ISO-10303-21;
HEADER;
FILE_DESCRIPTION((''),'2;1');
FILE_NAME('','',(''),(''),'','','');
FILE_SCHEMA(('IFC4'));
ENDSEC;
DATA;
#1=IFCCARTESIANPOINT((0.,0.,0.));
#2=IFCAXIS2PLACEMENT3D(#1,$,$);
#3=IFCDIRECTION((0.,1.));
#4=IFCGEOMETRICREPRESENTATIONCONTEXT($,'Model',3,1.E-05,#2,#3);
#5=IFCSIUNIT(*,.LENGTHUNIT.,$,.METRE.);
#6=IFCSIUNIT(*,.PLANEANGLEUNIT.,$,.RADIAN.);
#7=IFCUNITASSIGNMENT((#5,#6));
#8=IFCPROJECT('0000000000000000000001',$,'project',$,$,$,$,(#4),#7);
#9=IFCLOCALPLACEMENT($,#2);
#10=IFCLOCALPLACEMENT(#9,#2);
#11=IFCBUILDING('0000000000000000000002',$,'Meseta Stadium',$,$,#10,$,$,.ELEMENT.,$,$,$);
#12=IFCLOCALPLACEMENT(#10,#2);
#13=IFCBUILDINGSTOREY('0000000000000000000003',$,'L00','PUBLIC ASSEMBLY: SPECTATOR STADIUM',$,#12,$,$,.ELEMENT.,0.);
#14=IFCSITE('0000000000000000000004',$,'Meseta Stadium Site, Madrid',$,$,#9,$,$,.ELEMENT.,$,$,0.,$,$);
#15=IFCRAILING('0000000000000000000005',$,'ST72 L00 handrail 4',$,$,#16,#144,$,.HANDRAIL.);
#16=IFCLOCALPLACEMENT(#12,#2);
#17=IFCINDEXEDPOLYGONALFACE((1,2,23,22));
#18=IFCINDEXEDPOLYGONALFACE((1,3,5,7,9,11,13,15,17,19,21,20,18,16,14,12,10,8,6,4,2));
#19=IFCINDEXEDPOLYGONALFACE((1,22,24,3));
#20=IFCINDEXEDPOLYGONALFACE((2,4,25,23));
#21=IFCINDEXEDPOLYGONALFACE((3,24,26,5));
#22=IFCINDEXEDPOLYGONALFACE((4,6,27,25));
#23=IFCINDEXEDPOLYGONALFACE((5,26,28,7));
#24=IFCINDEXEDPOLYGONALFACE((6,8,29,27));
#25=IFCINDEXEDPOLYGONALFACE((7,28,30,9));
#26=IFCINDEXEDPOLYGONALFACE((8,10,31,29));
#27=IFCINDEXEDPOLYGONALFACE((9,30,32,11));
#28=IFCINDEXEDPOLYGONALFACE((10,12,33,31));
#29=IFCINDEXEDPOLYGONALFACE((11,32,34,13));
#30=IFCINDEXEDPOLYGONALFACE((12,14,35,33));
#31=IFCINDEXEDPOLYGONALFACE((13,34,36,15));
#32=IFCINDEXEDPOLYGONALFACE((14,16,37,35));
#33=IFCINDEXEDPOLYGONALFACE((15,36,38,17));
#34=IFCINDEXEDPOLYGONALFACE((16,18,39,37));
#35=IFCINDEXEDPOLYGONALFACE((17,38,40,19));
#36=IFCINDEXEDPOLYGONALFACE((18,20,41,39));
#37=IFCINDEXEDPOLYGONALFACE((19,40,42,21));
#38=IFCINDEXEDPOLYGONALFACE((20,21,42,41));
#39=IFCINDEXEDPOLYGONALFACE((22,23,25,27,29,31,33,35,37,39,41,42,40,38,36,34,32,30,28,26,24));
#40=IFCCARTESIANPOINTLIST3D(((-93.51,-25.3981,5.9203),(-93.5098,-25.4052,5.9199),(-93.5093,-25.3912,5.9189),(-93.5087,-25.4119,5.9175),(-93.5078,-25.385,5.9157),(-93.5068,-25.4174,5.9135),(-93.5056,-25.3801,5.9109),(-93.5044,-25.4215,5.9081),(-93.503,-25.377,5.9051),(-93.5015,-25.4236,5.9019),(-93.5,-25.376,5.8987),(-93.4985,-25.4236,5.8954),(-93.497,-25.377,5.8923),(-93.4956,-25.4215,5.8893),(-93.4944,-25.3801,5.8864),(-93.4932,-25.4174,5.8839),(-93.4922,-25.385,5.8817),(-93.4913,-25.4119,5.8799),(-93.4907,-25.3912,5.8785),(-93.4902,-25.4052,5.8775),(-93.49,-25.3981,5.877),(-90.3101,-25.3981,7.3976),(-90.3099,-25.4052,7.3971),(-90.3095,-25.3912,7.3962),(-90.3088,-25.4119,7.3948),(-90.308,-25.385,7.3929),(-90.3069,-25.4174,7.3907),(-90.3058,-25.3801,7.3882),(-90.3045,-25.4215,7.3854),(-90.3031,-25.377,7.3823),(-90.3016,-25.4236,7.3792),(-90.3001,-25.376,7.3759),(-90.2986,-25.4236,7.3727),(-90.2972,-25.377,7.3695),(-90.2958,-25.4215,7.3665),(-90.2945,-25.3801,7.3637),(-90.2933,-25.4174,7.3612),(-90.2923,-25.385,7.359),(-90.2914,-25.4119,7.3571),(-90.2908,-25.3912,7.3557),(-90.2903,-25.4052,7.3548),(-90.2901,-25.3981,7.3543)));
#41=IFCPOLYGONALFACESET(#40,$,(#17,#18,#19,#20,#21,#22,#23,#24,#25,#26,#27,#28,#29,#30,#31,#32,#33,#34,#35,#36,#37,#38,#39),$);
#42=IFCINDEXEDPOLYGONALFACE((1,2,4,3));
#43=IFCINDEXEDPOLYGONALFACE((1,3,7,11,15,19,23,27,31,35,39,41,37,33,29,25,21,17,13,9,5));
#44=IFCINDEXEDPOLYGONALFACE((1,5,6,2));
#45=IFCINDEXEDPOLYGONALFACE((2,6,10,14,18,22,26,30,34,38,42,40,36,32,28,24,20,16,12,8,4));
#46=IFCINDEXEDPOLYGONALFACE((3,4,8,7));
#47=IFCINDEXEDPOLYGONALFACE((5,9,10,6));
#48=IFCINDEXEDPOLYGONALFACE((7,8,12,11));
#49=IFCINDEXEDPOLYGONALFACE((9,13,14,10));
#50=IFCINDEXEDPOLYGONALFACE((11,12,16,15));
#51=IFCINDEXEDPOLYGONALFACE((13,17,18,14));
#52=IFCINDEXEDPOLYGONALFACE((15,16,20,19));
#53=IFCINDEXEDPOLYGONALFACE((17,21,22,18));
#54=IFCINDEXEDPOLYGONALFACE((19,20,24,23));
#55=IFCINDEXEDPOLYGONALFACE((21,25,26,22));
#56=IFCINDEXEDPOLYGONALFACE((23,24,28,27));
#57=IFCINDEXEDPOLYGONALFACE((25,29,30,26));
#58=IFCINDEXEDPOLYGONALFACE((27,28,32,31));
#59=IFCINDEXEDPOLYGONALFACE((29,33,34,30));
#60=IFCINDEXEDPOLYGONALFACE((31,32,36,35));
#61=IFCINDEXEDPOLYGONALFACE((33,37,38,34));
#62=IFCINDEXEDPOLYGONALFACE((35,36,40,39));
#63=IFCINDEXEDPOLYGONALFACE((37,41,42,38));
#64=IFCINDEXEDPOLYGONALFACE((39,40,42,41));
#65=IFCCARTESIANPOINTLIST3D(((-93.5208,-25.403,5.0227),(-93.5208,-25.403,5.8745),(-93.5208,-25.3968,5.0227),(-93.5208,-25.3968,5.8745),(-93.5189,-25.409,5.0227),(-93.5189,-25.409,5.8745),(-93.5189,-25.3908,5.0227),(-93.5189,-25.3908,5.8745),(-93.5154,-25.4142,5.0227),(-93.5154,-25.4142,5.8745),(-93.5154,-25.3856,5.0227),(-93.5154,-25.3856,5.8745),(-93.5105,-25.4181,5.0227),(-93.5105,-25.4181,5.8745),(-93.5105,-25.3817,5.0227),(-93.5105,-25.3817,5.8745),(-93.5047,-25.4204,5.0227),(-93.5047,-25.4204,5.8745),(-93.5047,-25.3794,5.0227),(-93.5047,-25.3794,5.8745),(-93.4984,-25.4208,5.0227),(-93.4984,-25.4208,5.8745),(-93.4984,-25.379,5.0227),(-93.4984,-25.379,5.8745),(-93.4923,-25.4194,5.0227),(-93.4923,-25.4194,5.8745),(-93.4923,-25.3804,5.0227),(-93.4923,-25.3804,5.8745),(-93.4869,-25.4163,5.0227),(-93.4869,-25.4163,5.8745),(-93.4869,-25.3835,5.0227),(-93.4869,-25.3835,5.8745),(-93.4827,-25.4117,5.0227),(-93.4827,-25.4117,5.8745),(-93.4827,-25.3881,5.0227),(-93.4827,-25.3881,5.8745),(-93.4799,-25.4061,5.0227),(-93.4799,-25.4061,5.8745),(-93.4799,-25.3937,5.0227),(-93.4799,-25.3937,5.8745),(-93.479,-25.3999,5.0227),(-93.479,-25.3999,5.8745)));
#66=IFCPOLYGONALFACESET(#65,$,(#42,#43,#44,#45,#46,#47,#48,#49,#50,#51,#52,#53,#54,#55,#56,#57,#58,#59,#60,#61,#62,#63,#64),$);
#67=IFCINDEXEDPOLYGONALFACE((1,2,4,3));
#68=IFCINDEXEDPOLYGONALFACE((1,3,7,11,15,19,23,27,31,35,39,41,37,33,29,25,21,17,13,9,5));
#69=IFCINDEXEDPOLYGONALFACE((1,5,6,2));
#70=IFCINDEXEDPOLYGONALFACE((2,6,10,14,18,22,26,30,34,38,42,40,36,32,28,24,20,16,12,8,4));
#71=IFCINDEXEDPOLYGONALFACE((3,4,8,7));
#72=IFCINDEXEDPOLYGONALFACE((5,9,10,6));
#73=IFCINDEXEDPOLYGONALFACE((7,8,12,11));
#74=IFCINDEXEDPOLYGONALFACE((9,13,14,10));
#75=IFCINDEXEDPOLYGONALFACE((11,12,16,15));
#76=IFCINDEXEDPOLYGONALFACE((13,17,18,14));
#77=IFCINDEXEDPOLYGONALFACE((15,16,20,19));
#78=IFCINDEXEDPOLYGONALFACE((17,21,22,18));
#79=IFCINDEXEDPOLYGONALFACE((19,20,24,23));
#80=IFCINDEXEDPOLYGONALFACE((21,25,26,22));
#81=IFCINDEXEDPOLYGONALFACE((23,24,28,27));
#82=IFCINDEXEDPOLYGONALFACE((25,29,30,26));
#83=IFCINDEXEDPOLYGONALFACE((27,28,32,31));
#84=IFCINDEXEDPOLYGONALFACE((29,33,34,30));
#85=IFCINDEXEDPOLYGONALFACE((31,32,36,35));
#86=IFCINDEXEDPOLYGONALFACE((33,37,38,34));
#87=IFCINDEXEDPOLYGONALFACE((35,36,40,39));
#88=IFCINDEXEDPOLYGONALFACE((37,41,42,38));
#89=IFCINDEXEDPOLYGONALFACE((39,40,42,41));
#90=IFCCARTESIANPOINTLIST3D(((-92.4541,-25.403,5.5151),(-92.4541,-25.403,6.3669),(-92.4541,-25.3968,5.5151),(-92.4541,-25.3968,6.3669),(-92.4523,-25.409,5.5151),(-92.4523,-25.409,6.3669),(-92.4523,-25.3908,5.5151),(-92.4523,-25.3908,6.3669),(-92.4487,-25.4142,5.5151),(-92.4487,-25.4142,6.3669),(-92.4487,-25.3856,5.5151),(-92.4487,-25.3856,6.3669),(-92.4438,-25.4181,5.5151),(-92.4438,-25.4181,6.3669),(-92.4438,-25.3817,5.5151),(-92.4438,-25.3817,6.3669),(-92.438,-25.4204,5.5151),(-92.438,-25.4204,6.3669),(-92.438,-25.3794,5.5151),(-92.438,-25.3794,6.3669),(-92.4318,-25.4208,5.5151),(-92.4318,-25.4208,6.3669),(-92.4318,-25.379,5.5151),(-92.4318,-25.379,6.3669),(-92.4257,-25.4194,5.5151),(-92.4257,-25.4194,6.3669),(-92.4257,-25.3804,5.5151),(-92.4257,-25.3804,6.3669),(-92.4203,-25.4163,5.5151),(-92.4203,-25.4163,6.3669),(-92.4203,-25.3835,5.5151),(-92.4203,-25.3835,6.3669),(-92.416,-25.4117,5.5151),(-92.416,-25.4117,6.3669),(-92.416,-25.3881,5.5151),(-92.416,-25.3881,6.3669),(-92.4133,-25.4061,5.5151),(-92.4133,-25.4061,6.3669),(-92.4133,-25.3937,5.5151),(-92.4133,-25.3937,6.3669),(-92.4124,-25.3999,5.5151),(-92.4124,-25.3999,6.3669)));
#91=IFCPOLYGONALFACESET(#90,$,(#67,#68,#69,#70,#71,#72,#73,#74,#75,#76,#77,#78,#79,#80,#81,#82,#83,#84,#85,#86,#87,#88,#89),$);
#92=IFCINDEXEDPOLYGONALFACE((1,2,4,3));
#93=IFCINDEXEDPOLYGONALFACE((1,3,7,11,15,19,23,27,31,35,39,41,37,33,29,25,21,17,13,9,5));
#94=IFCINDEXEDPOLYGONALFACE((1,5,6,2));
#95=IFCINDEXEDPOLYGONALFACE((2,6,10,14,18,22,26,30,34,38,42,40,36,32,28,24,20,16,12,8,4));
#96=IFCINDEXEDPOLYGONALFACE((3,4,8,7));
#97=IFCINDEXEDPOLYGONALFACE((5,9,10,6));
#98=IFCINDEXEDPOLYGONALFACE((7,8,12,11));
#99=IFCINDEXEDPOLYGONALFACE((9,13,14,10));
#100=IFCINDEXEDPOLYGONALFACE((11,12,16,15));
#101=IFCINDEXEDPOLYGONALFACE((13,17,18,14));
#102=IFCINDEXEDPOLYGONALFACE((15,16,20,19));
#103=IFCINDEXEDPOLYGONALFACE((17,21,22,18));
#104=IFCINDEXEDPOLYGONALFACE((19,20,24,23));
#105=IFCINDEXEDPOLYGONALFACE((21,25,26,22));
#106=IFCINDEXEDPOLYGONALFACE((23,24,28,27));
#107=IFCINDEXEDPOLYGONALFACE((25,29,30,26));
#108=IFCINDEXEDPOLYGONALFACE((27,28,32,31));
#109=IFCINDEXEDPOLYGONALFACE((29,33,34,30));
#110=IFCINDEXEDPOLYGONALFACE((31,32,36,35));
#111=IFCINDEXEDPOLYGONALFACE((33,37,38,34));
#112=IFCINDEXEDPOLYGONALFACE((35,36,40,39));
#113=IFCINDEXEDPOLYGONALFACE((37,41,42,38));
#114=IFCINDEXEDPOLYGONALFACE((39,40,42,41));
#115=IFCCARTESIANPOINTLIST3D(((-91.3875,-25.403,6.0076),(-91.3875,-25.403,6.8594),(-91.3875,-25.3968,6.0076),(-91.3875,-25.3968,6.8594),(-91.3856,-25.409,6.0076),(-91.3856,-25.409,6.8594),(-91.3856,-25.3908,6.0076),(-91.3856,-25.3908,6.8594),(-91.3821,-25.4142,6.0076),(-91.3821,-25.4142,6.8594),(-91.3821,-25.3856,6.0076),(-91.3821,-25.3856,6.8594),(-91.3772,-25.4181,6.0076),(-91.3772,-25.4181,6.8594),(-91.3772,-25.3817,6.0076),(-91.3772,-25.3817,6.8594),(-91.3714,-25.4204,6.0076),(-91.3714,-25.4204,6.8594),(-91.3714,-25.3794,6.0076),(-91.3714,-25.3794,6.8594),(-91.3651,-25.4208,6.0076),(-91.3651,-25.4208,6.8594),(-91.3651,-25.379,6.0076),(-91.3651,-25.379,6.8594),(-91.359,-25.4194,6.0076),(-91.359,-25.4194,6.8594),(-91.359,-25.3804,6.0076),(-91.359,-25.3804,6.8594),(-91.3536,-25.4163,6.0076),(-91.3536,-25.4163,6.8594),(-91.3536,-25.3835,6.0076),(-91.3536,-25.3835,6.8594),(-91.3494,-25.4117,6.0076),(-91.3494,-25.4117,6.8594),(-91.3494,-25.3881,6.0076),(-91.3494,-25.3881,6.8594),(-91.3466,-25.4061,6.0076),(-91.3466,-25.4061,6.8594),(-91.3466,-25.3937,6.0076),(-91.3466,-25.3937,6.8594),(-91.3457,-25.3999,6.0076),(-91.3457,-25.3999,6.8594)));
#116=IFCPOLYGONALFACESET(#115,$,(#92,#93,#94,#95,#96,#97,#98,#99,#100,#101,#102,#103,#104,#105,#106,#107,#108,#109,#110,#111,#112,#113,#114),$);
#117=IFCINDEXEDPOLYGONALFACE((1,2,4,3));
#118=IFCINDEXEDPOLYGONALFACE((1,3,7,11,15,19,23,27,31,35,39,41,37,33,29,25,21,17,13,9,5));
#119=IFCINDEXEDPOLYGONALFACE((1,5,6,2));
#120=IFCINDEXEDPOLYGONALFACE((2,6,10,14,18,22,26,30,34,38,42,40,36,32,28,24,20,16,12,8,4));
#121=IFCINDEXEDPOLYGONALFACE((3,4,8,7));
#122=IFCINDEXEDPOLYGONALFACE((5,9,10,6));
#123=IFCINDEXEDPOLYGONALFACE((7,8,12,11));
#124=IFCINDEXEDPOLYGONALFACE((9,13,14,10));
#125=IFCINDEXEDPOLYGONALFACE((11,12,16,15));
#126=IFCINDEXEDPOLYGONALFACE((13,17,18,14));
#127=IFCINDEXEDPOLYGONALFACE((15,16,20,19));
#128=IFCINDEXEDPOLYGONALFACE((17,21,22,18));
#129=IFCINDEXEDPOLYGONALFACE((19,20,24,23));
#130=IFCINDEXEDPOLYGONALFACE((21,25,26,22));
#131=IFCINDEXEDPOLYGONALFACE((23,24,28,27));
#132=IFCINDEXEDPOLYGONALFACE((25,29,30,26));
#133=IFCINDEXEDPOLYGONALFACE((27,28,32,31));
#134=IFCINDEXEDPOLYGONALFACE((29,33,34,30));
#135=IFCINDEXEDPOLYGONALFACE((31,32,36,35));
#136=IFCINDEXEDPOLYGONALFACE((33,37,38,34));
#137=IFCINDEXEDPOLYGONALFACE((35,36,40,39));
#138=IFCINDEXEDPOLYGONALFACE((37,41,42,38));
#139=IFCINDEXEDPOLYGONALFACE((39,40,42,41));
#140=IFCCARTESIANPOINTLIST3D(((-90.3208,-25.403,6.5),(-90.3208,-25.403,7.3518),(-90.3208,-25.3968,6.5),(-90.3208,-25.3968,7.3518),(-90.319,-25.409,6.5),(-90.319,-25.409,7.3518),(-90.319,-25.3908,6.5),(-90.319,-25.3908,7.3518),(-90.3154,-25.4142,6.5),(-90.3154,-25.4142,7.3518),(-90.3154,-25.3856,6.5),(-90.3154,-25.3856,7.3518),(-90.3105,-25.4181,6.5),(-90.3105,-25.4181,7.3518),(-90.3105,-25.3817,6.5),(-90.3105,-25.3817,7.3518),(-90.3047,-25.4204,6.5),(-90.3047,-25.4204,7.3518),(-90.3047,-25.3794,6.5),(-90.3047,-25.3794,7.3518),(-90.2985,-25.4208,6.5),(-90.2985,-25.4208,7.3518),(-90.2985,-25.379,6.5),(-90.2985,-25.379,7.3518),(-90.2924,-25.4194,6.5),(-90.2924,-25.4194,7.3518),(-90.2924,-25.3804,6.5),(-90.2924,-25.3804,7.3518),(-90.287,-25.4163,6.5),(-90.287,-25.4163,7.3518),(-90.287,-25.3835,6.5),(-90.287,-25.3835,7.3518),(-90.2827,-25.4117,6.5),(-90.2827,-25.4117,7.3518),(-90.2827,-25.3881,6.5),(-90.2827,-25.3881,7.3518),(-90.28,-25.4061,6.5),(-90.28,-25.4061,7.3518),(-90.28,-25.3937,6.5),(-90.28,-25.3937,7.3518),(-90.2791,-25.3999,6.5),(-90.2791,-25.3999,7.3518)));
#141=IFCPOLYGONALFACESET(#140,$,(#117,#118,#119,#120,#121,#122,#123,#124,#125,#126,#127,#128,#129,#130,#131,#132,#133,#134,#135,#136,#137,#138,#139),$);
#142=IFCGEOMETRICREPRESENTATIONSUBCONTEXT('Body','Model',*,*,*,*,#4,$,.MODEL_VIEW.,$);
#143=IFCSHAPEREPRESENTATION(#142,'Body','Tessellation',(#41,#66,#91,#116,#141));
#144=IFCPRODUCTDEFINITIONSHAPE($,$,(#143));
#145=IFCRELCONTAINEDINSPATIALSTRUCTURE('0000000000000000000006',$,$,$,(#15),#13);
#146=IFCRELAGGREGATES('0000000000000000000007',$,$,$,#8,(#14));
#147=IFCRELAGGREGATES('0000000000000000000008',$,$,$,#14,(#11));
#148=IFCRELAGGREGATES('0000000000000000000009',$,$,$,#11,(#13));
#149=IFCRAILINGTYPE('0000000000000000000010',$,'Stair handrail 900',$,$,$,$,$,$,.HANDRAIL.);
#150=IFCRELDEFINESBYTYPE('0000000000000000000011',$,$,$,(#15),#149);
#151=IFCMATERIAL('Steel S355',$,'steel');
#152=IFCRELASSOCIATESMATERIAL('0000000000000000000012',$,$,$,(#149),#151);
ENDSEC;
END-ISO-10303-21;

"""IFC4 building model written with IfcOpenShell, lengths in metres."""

from ifc_helpers import new_model, si_unit, direction, frame, origin, origin_2d, place, context, subcontext, project, spatial, circle, extrude, material, type_object, element, save


model = new_model("IFC4")

# Units and contexts
model_context = context("Model", 3, precision=1e-05, world=origin(), true_north=direction((0.0, 1.0)))
body_context = subcontext(model_context, "Body", "Model", "MODEL_VIEW")
ifc_project = project(units=[si_unit("LENGTHUNIT", "METRE"), si_unit("PLANEANGLEUNIT", "RADIAN")], contexts=[model_context])

# Site, building, storey
site_placement = place(None, origin())
site = spatial("IfcSite", under=ifc_project, at=site_placement, Name="Meseta Stadium Site, Madrid", CompositionType="ELEMENT", RefElevation=0.0)
building_placement = place(site_placement, origin())
building = spatial("IfcBuilding", under=site, at=building_placement, Name="Meseta Stadium", CompositionType="ELEMENT")
storey_placement = place(building_placement, origin())
storey = spatial("IfcBuildingStorey", under=building, at=storey_placement, Name="L00", Description="PUBLIC ASSEMBLY: SPECTATOR STADIUM", CompositionType="ELEMENT", Elevation=0.0)

# Railing
ifc_material_1 = material(Name="Steel S355", Category="steel")
railing_type_1 = type_object("IfcRailingType", Name="Stair handrail 900", PredefinedType="HANDRAIL", material=ifc_material_1)
for number, where, name in (
    (1, (-93.5, -25.3999, 5.0227), "ST72 L00 handrail 4"),
):
    element("IfcRailing", number, at=place(storey_placement, frame(where)), inside=storey, type_object=railing_type_1, Name=name, PredefinedType="HANDRAIL", context=body_context, shape_type="SweptSolid", body=[
        extrude(circle(Radius=0.0239, at=origin_2d()), frame((0.0, 0.0, 0.876), z_axis=(0.907917, 0.0, 0.41915), x_axis=(0.0, 1.0, 0.0)), (0.0, 0.0, 1.0), 3.5244),
        extrude(circle(Radius=0.021, at=origin_2d()), origin(), (0.0, 0.0, 1.0), 0.8518),
        extrude(circle(Radius=0.021, at=origin_2d()), frame((1.0667, 0.0, 0.4924)), (0.0, 0.0, 1.0), 0.8518),
        extrude(circle(Radius=0.021, at=origin_2d()), frame((2.1333, 0.0, 0.9849)), (0.0, 0.0, 1.0), 0.8518),
        extrude(circle(Radius=0.021, at=origin_2d()), frame((3.2, 0.0, 1.4773)), (0.0, 0.0, 1.0), 0.8518),
    ])

save(model, "model.ifc")
